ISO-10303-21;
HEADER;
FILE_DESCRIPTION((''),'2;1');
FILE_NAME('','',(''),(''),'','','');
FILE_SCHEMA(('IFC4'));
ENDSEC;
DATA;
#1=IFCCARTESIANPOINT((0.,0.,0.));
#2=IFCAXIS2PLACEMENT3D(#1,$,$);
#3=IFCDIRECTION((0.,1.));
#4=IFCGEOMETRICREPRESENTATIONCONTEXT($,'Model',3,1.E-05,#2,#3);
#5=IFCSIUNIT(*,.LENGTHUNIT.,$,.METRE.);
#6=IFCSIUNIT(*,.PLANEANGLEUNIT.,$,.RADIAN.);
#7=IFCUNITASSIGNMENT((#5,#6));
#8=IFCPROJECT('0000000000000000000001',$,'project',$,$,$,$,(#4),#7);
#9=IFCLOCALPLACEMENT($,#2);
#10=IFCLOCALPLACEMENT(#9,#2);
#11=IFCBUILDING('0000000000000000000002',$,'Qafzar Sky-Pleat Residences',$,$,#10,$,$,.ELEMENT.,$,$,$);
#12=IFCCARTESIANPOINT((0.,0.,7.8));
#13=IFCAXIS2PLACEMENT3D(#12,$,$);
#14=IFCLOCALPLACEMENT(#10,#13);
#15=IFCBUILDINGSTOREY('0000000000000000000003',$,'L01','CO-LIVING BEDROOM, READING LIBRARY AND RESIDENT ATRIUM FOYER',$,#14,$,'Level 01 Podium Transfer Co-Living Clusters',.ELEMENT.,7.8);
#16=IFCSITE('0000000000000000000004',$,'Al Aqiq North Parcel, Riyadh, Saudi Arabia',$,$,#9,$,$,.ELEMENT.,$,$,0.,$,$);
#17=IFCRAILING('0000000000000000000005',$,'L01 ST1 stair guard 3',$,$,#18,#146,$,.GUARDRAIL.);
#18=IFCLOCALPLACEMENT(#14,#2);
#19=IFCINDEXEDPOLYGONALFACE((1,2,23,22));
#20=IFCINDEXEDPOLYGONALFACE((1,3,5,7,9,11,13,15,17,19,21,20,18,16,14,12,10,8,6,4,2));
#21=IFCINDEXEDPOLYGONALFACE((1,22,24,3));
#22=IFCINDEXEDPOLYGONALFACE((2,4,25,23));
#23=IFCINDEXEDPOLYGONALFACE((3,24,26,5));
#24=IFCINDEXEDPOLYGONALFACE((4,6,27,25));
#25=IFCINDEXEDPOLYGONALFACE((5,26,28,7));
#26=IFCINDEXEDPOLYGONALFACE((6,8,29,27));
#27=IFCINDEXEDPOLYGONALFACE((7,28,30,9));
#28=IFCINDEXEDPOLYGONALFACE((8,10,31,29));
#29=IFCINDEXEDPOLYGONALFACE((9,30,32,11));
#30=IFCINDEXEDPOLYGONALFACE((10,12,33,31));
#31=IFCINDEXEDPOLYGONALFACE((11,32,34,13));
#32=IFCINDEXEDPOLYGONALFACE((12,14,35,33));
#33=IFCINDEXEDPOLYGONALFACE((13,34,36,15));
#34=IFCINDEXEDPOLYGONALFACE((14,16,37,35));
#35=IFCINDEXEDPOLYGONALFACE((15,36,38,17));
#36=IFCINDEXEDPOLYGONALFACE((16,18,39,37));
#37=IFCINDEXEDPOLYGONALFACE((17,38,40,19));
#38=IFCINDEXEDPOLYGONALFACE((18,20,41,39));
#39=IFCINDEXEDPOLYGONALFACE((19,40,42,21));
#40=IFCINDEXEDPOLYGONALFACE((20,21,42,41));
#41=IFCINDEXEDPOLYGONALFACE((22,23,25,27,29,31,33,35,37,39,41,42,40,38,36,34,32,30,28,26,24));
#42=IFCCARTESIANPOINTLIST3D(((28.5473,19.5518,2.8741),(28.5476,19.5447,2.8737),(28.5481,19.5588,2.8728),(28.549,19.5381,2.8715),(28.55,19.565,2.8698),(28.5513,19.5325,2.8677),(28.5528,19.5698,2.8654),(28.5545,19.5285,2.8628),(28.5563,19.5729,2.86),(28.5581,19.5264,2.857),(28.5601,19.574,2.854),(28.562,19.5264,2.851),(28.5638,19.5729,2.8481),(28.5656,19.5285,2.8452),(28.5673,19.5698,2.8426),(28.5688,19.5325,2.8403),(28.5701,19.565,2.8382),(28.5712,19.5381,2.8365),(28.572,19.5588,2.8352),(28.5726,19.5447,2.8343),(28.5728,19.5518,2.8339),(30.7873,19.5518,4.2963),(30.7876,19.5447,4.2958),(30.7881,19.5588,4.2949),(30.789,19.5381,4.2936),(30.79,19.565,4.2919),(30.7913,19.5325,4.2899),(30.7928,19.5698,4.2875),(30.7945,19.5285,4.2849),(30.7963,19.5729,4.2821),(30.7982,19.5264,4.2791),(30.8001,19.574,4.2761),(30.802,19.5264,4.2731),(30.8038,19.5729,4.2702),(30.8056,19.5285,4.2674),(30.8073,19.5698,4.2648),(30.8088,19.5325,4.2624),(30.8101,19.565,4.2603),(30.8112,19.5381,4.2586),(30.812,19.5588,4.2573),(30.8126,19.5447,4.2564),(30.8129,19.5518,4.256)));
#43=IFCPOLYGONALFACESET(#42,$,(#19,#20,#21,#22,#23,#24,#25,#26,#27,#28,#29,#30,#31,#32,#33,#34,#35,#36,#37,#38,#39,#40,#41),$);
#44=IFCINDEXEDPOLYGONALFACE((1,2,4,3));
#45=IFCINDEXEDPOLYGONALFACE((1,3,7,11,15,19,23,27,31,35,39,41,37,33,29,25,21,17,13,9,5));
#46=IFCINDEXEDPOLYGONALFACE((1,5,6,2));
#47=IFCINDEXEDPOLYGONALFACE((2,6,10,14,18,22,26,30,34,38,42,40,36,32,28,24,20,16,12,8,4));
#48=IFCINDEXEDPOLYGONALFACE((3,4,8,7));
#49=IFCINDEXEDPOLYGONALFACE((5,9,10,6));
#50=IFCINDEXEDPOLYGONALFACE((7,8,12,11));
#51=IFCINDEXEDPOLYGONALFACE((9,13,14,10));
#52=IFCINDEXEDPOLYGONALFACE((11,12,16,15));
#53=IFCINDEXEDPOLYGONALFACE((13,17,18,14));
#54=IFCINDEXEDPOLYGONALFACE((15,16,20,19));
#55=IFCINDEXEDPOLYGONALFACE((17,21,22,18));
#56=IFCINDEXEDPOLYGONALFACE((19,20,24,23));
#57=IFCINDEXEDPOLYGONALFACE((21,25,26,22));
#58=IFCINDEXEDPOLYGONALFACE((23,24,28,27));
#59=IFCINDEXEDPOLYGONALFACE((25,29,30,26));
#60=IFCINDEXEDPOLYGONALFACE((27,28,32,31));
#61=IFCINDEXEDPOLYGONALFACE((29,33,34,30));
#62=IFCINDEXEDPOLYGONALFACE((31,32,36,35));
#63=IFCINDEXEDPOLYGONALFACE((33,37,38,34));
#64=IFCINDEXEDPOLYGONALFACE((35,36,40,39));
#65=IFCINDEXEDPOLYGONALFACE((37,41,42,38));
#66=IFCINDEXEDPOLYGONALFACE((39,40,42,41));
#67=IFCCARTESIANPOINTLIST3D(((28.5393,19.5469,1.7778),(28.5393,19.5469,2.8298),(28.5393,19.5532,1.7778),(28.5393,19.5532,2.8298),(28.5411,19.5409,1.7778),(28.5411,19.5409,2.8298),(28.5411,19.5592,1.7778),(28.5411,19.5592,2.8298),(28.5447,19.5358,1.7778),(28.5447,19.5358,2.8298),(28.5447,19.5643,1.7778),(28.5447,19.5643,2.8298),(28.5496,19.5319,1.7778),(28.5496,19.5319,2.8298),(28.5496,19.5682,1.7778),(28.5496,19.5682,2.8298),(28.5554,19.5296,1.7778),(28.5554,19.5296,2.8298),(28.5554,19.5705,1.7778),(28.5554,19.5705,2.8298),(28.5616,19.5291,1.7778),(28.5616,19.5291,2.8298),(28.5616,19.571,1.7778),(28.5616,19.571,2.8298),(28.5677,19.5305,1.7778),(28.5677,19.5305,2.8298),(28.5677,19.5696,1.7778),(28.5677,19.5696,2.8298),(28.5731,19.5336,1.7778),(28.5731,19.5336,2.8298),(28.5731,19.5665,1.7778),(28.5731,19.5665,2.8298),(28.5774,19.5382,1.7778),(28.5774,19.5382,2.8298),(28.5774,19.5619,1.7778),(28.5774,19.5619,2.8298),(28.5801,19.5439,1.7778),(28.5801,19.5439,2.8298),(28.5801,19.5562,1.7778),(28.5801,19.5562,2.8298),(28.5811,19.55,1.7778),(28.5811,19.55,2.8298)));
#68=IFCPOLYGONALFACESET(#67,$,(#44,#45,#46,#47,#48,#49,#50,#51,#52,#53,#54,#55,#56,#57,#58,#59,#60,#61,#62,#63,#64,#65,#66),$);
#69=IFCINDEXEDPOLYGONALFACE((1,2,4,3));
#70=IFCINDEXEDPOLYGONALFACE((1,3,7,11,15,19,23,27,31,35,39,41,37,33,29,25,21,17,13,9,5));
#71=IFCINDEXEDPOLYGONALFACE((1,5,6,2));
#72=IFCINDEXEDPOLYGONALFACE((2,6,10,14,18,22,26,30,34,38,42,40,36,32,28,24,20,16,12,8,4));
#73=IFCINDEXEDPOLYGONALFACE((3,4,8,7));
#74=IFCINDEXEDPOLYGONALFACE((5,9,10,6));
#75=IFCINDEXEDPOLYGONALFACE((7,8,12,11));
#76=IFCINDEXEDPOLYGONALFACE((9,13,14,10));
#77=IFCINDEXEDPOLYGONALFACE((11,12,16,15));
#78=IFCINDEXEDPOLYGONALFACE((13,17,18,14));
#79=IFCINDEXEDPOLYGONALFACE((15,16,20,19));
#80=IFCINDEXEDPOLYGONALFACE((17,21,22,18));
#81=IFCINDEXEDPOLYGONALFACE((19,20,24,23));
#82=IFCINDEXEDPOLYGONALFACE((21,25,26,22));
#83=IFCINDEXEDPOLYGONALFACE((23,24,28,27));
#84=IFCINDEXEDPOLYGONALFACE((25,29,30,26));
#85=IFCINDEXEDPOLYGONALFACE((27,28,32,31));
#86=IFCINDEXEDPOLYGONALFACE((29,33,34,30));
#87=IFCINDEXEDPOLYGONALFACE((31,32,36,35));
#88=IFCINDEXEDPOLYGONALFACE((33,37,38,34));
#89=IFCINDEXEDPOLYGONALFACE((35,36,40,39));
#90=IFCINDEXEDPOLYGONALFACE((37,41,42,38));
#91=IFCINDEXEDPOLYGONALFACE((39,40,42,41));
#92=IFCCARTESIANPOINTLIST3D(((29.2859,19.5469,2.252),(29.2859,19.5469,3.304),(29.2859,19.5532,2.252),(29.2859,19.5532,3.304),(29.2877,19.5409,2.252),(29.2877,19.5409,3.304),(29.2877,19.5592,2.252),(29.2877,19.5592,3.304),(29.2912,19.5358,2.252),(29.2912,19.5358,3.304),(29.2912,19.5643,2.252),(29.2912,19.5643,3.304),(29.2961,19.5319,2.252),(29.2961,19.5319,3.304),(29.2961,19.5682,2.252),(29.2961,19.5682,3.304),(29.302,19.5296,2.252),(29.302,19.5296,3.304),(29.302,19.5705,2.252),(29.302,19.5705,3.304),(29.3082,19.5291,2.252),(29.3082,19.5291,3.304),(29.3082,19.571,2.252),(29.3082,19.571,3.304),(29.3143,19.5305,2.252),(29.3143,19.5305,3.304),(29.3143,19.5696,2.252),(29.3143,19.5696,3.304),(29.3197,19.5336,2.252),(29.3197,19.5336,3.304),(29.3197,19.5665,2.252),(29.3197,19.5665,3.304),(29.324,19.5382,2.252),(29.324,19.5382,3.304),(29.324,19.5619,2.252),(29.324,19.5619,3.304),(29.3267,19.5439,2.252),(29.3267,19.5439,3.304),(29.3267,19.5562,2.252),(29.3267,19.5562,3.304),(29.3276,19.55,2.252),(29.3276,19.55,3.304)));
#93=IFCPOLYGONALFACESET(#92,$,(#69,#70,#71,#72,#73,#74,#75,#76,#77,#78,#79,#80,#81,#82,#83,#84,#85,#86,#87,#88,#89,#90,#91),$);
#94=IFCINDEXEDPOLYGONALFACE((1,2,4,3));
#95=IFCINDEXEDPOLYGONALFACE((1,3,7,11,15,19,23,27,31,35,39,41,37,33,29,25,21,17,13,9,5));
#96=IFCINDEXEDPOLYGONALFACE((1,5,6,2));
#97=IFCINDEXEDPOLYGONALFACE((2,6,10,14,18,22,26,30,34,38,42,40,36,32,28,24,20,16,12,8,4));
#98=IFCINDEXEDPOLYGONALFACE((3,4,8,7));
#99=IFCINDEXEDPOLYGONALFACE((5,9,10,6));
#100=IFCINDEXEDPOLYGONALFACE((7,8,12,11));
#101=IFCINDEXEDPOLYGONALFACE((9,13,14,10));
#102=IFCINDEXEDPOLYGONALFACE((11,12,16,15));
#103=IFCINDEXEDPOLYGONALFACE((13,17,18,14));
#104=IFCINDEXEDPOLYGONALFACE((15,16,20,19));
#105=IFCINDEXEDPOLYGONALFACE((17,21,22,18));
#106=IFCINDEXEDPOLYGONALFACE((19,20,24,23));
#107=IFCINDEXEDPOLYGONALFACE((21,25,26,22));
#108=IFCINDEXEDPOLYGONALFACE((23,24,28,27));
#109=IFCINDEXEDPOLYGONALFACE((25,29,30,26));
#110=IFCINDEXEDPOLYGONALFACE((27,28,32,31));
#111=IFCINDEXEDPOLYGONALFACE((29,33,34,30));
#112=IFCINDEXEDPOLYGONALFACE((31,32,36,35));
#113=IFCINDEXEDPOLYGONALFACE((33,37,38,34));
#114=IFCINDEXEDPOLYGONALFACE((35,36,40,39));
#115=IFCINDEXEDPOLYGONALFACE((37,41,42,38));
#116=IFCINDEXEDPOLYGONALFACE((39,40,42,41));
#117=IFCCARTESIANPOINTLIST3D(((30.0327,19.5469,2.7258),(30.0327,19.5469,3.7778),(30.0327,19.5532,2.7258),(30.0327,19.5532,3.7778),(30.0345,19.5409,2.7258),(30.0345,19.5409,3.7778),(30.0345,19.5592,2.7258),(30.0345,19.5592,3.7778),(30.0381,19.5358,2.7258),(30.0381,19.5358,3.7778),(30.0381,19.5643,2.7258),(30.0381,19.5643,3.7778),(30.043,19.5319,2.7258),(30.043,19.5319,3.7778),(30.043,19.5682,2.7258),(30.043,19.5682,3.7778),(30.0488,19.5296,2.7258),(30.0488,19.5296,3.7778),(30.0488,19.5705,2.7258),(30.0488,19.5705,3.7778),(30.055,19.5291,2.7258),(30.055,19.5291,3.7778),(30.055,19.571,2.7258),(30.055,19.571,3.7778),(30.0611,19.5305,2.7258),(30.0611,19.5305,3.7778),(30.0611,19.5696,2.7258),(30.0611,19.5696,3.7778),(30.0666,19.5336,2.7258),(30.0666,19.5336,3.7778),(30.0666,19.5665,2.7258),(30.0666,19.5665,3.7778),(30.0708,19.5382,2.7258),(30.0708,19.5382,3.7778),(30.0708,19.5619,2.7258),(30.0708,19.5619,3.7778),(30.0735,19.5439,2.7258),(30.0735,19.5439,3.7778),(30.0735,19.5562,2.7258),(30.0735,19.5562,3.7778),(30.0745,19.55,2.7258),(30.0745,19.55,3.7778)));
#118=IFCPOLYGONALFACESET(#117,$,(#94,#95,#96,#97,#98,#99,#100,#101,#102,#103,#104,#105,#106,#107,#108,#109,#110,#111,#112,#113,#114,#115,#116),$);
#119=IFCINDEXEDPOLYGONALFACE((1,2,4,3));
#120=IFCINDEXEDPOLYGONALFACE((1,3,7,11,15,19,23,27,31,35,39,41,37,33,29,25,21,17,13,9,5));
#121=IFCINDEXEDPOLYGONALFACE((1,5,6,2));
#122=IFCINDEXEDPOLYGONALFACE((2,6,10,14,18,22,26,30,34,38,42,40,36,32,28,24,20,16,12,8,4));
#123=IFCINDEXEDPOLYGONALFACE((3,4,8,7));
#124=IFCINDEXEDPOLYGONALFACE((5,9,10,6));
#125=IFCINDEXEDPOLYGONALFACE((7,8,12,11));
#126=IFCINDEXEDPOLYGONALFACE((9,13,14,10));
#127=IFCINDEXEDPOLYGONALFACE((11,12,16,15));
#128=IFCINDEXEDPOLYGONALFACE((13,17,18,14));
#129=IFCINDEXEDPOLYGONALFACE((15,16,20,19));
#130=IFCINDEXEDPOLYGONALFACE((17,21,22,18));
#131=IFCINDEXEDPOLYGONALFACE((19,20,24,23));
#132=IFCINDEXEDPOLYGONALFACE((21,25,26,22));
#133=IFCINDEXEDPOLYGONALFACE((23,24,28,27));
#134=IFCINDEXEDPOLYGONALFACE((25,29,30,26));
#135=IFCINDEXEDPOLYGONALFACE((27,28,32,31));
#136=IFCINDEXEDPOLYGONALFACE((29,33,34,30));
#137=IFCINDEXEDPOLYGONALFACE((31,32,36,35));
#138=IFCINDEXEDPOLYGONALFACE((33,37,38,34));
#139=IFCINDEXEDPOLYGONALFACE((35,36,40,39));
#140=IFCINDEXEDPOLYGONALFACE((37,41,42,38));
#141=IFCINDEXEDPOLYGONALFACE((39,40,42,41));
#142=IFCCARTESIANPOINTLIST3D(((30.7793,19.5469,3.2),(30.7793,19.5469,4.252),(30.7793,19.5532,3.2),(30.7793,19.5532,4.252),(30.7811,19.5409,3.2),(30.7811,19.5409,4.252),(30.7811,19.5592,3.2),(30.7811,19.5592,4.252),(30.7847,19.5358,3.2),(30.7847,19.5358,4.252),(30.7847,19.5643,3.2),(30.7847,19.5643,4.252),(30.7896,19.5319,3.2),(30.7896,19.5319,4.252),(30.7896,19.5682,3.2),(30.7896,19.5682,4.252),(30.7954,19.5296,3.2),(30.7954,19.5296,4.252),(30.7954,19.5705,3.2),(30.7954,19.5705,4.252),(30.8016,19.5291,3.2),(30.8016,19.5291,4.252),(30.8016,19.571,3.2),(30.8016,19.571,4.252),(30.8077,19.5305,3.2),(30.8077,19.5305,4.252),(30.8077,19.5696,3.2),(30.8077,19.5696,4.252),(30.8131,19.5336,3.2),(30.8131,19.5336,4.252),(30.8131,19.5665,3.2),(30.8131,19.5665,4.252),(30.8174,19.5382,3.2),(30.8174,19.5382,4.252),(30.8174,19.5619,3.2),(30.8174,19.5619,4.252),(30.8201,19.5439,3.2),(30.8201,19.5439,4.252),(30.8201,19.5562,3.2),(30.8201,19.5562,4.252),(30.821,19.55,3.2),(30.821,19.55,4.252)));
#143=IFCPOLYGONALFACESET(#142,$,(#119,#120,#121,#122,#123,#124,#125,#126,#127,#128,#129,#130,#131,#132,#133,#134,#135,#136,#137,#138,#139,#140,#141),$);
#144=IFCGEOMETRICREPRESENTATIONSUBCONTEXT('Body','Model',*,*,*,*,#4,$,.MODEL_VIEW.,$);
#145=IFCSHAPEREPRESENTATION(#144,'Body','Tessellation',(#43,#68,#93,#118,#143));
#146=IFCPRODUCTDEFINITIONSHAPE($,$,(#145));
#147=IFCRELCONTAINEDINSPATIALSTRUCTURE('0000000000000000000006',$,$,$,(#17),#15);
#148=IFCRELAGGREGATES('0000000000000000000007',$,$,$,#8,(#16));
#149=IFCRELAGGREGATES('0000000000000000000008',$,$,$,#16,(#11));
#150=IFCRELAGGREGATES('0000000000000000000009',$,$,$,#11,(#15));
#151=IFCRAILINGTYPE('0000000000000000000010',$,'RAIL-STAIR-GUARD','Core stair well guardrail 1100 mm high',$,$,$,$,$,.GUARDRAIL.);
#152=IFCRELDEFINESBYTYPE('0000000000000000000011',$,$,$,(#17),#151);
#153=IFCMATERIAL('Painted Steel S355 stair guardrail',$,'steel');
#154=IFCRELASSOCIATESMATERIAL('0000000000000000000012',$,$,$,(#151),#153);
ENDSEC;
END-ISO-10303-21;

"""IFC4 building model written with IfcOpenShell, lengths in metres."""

from ifc_helpers import new_model, si_unit, direction, frame, origin, origin_2d, place, context, subcontext, project, spatial, circle, extrude, source, transform, mapped, material, type_object, element, save


model = new_model("IFC4")

# Units and contexts
model_context = context("Model", 3, precision=1e-05, world=origin(), true_north=direction((0.0, 1.0)))
body_context = subcontext(model_context, "Body", "Model", "MODEL_VIEW")
ifc_project = project(units=[si_unit("LENGTHUNIT", "METRE"), si_unit("PLANEANGLEUNIT", "RADIAN")], contexts=[model_context])

# Site, building, storey
site_placement = place(None, origin())
site = spatial("IfcSite", under=ifc_project, at=site_placement, Name="Al Aqiq North Parcel, Riyadh, Saudi Arabia", CompositionType="ELEMENT", RefElevation=0.0)
building_placement = place(site_placement, origin())
building = spatial("IfcBuilding", under=site, at=building_placement, Name="Qafzar Sky-Pleat Residences", CompositionType="ELEMENT")
storey_placement = place(building_placement, frame((0.0, 0.0, 7.8)))
storey = spatial("IfcBuildingStorey", under=building, at=storey_placement, Name="L01", Description="CO-LIVING BEDROOM, READING LIBRARY AND RESIDENT ATRIUM FOYER", LongName="Level 01 Podium Transfer Co-Living Clusters", CompositionType="ELEMENT", Elevation=7.8)

# Railing
ifc_material_1 = material(Name="Painted Steel S355 stair guardrail", Category="steel")
railing_type_1 = type_object("IfcRailingType", Name="RAIL-STAIR-GUARD", Description="Core stair well guardrail 1100 mm high", PredefinedType="GUARDRAIL", material=ifc_material_1)
shared_shape_1 = source(origin(), body_context, "Body", "SweptSolid", [
    extrude(circle(Radius=0.0239, at=origin_2d()), frame((0.0, 0.0, 1.0762), z_axis=(0.844229, 0.0, 0.535982), x_axis=(0.0, 1.0, 0.0)), (0.0, 0.0, 1.0), 2.6533),
    extrude(circle(Radius=0.021, at=origin_2d()), origin(), (0.0, 0.0, 1.0), 1.052),
    extrude(circle(Radius=0.021, at=origin_2d()), frame((0.7466, 0.0, 0.4741)), (0.0, 0.0, 1.0), 1.052),
    extrude(circle(Radius=0.021, at=origin_2d()), frame((1.4934, 0.0, 0.948)), (0.0, 0.0, 1.0), 1.052),
    extrude(circle(Radius=0.021, at=origin_2d()), frame((2.24, 0.0, 1.4221)), (0.0, 0.0, 1.0), 1.052),
])
railing_1_placement = place(storey_placement, frame((28.5601, 19.55, 1.7778)))
element("IfcRailing", 1, at=railing_1_placement, inside=storey, type_object=railing_type_1, Name="L01 ST1 stair guard 3", PredefinedType="GUARDRAIL", context=body_context, shape_type="MappedRepresentation", body=[
    mapped(shared_shape_1, transform((0.0, 0.0, 0.0), x_axis=(1.0, 0.0, 0.0), y_axis=(0.0, 1.0, 0.0), z_axis=(0.0, 0.0, 1.0), scale=1.0)),
])

save(model, "model.ifc")
